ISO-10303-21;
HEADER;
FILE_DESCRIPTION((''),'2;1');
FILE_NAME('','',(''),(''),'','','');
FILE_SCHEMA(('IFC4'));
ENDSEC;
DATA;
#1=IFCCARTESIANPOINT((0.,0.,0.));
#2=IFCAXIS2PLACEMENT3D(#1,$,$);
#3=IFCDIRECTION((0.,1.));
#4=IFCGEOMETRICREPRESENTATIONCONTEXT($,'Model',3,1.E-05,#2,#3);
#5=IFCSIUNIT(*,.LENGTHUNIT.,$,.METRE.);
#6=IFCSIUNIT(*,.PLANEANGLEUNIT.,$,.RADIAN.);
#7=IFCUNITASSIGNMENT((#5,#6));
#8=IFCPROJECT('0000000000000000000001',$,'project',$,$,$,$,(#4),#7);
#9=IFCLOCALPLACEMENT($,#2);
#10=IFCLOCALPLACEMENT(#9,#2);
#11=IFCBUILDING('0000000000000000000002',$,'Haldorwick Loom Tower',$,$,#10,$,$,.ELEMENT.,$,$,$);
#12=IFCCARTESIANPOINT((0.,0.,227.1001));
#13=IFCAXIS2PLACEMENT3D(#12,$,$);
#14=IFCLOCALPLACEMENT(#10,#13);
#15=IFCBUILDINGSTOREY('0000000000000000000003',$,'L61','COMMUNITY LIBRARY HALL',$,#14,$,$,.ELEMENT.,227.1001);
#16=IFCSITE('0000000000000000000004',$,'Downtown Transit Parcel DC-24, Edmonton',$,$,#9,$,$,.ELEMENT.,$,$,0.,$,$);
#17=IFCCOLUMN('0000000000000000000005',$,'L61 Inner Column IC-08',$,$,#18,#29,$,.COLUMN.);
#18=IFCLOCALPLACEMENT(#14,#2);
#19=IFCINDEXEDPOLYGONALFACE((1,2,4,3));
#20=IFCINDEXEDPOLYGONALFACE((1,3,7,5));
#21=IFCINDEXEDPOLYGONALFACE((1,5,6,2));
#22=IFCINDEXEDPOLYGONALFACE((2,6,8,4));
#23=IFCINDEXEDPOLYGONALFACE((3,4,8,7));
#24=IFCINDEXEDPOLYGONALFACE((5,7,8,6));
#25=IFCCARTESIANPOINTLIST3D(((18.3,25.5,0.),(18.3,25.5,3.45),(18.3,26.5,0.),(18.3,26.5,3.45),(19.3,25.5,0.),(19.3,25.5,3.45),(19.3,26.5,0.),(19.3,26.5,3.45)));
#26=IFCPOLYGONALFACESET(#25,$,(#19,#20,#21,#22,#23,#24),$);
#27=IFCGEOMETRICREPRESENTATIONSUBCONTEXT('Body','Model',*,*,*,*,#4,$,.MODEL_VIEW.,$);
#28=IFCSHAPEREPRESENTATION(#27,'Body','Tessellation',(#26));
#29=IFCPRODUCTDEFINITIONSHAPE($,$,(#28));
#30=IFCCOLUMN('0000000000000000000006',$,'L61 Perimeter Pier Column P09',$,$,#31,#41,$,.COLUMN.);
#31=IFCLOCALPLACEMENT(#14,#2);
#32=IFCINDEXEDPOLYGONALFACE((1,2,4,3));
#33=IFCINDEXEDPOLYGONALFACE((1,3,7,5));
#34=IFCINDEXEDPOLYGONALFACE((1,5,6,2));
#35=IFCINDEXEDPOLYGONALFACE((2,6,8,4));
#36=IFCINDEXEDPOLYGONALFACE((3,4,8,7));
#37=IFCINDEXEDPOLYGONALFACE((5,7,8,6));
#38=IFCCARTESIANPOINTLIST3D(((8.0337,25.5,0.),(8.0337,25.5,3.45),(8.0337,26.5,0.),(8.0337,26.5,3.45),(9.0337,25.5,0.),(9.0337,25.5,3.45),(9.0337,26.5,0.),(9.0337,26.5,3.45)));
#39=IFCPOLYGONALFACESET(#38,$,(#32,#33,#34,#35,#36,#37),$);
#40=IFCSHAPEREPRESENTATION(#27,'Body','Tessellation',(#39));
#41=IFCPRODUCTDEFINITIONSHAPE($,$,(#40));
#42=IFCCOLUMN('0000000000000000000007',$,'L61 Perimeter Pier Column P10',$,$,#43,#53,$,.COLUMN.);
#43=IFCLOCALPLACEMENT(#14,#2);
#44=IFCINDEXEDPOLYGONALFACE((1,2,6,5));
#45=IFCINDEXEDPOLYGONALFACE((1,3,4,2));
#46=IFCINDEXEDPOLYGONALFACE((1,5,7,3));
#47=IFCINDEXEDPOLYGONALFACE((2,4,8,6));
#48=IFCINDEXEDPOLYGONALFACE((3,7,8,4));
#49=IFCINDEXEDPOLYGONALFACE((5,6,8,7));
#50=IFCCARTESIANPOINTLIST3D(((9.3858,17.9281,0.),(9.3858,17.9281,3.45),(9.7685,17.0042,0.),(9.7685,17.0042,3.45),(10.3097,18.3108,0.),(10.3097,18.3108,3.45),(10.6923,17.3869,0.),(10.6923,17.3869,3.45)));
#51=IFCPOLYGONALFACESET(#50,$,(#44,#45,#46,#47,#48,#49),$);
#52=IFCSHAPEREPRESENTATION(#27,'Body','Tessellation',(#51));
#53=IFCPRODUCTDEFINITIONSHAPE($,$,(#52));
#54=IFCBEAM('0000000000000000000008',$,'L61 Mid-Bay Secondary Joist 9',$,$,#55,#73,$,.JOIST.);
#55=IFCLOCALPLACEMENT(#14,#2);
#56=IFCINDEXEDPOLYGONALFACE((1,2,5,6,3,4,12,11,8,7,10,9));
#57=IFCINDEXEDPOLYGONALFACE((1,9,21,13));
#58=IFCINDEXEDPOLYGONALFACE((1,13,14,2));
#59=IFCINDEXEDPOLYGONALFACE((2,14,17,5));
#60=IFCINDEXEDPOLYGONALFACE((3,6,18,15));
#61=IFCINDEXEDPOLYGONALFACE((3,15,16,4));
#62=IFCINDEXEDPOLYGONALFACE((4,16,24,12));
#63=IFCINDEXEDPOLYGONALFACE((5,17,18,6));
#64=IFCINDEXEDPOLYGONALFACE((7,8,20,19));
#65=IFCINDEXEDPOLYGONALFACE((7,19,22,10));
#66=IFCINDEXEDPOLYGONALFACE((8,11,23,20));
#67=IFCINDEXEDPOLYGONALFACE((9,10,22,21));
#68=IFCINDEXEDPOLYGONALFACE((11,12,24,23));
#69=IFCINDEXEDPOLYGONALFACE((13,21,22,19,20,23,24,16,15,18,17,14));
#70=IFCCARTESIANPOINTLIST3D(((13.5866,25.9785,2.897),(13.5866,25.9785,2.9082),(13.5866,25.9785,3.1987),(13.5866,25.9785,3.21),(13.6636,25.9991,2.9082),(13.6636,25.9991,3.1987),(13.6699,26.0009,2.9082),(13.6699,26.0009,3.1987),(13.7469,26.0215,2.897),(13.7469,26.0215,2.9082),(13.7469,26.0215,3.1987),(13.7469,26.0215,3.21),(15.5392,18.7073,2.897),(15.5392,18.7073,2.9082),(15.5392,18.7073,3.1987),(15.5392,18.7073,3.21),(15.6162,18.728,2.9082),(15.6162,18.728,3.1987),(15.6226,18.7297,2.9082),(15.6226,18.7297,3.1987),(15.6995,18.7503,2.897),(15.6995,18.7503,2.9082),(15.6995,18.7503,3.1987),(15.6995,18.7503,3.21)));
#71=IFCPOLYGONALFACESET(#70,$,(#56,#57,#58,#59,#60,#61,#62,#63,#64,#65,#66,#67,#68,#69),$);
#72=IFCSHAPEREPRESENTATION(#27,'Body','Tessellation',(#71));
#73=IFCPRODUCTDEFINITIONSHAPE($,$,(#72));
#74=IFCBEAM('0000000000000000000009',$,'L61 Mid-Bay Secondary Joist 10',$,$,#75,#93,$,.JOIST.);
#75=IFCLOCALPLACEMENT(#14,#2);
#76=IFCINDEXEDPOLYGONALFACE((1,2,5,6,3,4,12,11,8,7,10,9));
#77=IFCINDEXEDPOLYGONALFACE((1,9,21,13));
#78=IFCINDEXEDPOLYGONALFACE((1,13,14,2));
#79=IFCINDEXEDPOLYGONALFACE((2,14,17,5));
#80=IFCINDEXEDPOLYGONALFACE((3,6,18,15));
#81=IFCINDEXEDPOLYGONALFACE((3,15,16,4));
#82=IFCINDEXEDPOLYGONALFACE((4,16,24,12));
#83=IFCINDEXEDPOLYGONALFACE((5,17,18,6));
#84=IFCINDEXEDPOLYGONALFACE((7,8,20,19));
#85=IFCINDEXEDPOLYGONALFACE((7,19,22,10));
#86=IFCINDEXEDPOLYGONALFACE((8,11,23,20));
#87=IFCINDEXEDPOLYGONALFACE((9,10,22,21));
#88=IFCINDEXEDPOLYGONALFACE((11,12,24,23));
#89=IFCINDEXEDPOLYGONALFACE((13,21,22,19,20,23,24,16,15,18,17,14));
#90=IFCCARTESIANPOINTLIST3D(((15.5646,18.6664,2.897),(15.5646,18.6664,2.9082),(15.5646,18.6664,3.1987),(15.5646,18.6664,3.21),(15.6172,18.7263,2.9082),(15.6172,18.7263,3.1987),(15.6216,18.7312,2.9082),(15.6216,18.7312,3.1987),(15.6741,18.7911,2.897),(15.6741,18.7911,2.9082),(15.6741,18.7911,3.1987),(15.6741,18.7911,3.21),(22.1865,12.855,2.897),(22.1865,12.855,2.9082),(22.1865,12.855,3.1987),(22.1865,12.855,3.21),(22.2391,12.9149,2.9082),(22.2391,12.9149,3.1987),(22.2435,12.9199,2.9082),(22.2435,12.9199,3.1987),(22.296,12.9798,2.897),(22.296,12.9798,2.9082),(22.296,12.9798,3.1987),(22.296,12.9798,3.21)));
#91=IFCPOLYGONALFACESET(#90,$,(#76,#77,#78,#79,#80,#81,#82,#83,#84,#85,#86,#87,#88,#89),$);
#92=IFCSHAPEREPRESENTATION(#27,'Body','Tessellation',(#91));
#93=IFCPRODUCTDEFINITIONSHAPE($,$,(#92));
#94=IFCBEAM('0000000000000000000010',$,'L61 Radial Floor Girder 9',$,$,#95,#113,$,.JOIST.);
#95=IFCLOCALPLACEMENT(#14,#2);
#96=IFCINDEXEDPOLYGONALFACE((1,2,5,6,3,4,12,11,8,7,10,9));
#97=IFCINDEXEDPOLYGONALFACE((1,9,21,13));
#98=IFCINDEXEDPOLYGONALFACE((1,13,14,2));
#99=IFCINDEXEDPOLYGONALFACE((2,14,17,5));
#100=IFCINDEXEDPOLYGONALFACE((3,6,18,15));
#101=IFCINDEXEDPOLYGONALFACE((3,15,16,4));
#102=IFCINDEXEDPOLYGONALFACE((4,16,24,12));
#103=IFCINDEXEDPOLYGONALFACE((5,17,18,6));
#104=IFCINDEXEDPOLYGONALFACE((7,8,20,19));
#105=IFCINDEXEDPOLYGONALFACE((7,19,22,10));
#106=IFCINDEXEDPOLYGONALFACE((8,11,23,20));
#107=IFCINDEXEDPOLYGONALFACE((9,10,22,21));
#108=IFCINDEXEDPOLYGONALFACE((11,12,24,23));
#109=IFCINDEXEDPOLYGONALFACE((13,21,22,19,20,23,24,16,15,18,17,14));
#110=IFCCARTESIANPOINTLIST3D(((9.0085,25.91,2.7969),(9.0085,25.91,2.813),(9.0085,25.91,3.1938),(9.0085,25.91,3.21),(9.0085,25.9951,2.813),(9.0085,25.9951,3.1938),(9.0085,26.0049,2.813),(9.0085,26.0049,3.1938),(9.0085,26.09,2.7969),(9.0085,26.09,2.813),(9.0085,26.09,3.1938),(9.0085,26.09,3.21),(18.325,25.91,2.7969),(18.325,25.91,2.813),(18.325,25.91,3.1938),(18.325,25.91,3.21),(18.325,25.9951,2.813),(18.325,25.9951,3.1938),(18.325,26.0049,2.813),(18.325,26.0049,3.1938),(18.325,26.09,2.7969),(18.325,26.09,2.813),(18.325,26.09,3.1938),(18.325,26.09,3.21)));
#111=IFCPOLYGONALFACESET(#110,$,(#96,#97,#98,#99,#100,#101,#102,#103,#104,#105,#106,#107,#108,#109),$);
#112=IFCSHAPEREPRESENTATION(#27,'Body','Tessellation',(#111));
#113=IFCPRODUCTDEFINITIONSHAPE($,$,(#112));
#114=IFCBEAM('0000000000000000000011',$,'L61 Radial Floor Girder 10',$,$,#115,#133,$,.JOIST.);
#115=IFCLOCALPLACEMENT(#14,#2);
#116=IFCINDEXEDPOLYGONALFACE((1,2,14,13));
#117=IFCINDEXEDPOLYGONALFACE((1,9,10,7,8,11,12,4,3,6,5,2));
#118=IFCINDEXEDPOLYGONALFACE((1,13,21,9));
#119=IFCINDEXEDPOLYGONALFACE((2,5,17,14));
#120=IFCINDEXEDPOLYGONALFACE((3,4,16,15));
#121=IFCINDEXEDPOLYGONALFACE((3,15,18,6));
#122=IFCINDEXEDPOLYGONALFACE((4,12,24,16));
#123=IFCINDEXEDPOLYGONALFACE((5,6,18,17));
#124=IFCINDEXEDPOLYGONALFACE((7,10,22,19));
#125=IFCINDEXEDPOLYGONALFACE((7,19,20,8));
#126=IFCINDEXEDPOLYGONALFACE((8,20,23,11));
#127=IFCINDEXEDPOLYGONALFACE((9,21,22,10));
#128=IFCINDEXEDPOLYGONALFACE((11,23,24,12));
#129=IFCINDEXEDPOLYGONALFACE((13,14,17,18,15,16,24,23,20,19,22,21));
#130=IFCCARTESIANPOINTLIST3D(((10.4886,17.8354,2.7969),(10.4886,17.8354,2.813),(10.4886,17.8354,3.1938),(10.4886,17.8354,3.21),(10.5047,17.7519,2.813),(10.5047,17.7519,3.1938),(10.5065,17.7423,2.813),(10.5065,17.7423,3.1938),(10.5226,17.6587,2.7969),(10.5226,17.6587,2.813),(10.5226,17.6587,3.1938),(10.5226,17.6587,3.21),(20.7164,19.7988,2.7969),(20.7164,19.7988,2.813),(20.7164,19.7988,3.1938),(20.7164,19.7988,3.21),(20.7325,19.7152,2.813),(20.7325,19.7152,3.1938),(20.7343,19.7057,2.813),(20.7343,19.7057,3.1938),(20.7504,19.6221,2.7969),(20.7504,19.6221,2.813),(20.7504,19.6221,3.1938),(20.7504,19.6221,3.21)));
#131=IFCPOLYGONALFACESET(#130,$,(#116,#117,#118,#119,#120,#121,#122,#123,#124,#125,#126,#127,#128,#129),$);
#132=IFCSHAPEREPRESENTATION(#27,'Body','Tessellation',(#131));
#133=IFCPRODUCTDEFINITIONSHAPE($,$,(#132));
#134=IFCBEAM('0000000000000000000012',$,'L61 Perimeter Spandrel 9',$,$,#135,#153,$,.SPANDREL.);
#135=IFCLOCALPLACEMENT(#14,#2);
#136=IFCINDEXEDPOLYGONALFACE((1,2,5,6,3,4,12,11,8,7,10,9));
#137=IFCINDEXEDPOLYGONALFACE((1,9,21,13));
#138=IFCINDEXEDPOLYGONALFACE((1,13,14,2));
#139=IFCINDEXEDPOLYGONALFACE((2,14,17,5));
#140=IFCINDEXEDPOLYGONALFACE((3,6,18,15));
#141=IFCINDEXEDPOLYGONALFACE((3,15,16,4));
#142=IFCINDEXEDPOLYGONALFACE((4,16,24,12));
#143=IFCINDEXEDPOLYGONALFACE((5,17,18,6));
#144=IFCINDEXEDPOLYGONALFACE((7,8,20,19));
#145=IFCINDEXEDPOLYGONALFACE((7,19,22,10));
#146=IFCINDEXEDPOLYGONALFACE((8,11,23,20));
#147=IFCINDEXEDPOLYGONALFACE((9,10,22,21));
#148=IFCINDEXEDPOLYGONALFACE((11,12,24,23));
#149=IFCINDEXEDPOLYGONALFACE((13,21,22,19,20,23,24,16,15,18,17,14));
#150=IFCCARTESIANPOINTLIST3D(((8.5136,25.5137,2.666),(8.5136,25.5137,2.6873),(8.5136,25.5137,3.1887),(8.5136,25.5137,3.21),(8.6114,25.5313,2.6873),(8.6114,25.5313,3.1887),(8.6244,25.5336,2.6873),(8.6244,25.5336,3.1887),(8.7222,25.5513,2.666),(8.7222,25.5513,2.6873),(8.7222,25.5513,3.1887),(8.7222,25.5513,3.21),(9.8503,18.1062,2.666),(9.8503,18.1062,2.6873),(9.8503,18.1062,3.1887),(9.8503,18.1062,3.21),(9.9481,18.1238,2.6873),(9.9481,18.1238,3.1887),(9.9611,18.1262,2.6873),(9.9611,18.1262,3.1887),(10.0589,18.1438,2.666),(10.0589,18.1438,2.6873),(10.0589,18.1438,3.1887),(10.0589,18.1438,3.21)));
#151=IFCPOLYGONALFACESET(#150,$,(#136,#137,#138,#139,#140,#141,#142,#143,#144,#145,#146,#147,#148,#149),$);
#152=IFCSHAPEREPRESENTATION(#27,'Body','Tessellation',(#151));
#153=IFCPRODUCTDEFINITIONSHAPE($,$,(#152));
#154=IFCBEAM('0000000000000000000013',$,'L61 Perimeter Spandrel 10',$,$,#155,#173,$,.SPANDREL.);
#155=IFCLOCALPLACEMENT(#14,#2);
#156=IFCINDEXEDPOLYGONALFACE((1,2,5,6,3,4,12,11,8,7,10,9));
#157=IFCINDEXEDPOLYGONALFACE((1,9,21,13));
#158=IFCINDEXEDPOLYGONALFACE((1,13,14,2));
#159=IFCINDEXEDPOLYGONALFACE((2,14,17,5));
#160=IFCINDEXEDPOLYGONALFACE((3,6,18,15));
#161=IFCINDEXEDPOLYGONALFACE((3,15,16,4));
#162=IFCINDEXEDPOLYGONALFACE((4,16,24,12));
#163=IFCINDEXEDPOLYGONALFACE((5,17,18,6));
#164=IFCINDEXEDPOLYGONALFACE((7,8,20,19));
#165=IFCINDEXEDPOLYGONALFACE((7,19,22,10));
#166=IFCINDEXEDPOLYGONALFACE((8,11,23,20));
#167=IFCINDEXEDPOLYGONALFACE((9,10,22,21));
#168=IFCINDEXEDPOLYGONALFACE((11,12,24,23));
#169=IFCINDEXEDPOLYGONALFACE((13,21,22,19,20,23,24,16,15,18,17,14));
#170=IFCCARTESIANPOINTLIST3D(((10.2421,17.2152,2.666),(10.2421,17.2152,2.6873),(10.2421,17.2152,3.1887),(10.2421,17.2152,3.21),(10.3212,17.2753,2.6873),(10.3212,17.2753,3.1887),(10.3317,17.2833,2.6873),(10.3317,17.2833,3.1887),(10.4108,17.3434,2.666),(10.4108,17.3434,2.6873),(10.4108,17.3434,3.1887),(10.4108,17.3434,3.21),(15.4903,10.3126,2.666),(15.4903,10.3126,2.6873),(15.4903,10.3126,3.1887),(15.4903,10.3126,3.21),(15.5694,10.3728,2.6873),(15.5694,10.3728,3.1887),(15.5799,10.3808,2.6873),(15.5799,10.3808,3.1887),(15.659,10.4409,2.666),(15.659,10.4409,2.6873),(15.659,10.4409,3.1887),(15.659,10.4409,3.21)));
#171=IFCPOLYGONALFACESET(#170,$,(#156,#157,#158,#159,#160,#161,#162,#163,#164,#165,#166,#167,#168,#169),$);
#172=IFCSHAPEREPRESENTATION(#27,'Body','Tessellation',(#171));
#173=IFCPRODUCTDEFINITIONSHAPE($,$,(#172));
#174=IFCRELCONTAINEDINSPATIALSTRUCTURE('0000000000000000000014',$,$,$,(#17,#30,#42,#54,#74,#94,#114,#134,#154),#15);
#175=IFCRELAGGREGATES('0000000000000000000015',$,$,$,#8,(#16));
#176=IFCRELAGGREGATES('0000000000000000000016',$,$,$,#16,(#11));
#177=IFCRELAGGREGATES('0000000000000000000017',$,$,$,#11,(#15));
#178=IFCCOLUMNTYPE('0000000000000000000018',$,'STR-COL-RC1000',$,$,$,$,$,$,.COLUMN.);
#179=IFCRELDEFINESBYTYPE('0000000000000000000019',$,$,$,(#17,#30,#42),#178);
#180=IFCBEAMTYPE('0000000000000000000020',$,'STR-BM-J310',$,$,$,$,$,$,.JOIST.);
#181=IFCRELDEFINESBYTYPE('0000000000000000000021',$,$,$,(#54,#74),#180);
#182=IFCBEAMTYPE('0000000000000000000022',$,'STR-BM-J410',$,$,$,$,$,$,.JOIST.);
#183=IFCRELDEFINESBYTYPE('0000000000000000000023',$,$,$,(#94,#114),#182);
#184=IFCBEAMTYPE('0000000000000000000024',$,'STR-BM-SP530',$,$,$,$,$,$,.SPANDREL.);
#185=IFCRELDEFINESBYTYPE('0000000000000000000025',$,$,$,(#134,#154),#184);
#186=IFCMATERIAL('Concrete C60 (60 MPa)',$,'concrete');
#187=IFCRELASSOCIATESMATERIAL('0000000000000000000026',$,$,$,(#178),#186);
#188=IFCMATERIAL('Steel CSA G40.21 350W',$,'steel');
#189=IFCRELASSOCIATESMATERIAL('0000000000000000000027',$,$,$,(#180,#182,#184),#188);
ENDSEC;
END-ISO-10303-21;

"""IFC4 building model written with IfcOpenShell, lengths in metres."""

from ifc_helpers import new_model, si_unit, direction, frame, origin, origin_2d, place, context, subcontext, project, spatial, rectangle, i_section, extrude, material, material_profile, profile_set, type_object, element, save


model = new_model("IFC4")

# Units and contexts
model_context = context("Model", 3, precision=1e-05, world=origin(), true_north=direction((0.0, 1.0)))
body_context = subcontext(model_context, "Body", "Model", "MODEL_VIEW")
ifc_project = project(units=[si_unit("LENGTHUNIT", "METRE"), si_unit("PLANEANGLEUNIT", "RADIAN")], contexts=[model_context])

# Site, building, storey
site_placement = place(None, origin())
site = spatial("IfcSite", under=ifc_project, at=site_placement, Name="Downtown Transit Parcel DC-24, Edmonton", CompositionType="ELEMENT", RefElevation=0.0)
building_placement = place(site_placement, origin())
building = spatial("IfcBuilding", under=site, at=building_placement, Name="Haldorwick Loom Tower", CompositionType="ELEMENT")
storey_placement = place(building_placement, frame((0.0, 0.0, 227.1001)))
storey = spatial("IfcBuildingStorey", under=building, at=storey_placement, Name="L61", Description="COMMUNITY LIBRARY HALL", CompositionType="ELEMENT", Elevation=227.1001)

# Columns
ifc_material_1 = material(Name="Concrete C60 (60 MPa)", Category="concrete")
ifc_material_profile_1 = material_profile(ifc_material_1, rectangle(XDim=1.0, YDim=1.0, at=origin_2d()), Name="RC1000X1000", Category="concrete")
ifc_profile_set_1 = profile_set([ifc_material_profile_1], Name="Concrete C60 (60 MPa)")
column_type = type_object("IfcColumnType", Name="STR-COL-RC1000", PredefinedType="COLUMN", material=ifc_profile_set_1)
for number, where, z_axis, x_axis, name in (
    (1, (18.8, 26.0, 0.0), (0.0, 0.0, 1.0), (1.0, 0.0, 0.0), "L61 Inner Column IC-08"),
    (2, (8.5337, 26.0, 0.0), (0.0, 0.0, 1.0), (-1.0, 0.0, 0.0), "L61 Perimeter Pier Column P09"),
    (3, (10.0391, 17.6575, 0.0), (0.0, 0.0, 1.0), (-0.92388, -0.382683, 0.0), "L61 Perimeter Pier Column P10"),
):
    element("IfcColumn", number, at=place(storey_placement, frame(where, z_axis=z_axis, x_axis=x_axis)), inside=storey, type_object=column_type, Name=name, PredefinedType="COLUMN", context=body_context, shape_type="SweptSolid", body=[
        extrude(rectangle(XDim=1.0, YDim=1.0, at=origin_2d()), origin(), (0.0, 0.0, 1.0), 3.45),
    ])

# Beams
ifc_material_2 = material(Name="Steel CSA G40.21 350W", Category="steel")
ifc_material_profile_2 = material_profile(ifc_material_2, i_section(OverallWidth=0.166, OverallDepth=0.313, WebThickness=0.0066, FlangeThickness=0.0112, at=origin_2d()), Name="W310X45", Category="steel")
ifc_profile_set_2 = profile_set([ifc_material_profile_2], Name="Steel CSA G40.21 350W")
beam_type_1 = type_object("IfcBeamType", Name="STR-BM-J310", PredefinedType="JOIST", material=ifc_profile_set_2)
beam_1_placement = place(storey_placement, frame((13.6667, 26.0, 3.0535), z_axis=(0.259354, -0.965782, 0.0), x_axis=(0.965782, 0.259354, 0.0)))
element("IfcBeam", 4, at=beam_1_placement, inside=storey, type_object=beam_type_1, Name="L61 Mid-Bay Secondary Joist 9", PredefinedType="JOIST", context=body_context, shape_type="SweptSolid", body=[
    extrude(i_section(OverallWidth=0.166, OverallDepth=0.313, WebThickness=0.0066, FlangeThickness=0.0112, at=origin_2d()), origin(), (0.0, 0.0, 1.0), 7.5288),
])
beam_2_placement = place(storey_placement, frame((15.6194, 18.7288, 3.0535), z_axis=(0.751609, -0.659608, 0.0), x_axis=(0.659608, 0.751609, 0.0)))
element("IfcBeam", 5, at=beam_2_placement, inside=storey, type_object=beam_type_1, Name="L61 Mid-Bay Secondary Joist 10", PredefinedType="JOIST", context=body_context, shape_type="SweptSolid", body=[
    extrude(i_section(OverallWidth=0.166, OverallDepth=0.313, WebThickness=0.0066, FlangeThickness=0.0112, at=origin_2d()), origin(), (0.0, 0.0, 1.0), 8.8103),
])
ifc_material_profile_3 = material_profile(ifc_material_2, i_section(OverallWidth=0.1799, OverallDepth=0.4131, WebThickness=0.0098, FlangeThickness=0.0161, at=origin_2d()), Name="W410X74", Category="steel")
ifc_profile_set_3 = profile_set([ifc_material_profile_3], Name="Steel CSA G40.21 350W")
beam_type_2 = type_object("IfcBeamType", Name="STR-BM-J410", PredefinedType="JOIST", material=ifc_profile_set_3)
beam_3_placement = place(storey_placement, frame((18.325, 26.0, 3.0034), z_axis=(-1.0, 0.0, 0.0), x_axis=(0.0, -1.0, 0.0)))
element("IfcBeam", 6, at=beam_3_placement, inside=storey, type_object=beam_type_2, Name="L61 Radial Floor Girder 9", PredefinedType="JOIST", context=body_context, shape_type="SweptSolid", body=[
    extrude(i_section(OverallWidth=0.1799, OverallDepth=0.4131, WebThickness=0.0098, FlangeThickness=0.0161, at=origin_2d()), origin(), (0.0, 0.0, 1.0), 9.3164),
])
beam_4_placement = place(storey_placement, frame((20.7334, 19.7104, 3.0034), z_axis=(-0.982069, -0.188523, 0.0), x_axis=(0.188523, -0.982069, 0.0)))
element("IfcBeam", 7, at=beam_4_placement, inside=storey, type_object=beam_type_2, Name="L61 Radial Floor Girder 10", PredefinedType="JOIST", context=body_context, shape_type="SweptSolid", body=[
    extrude(i_section(OverallWidth=0.1799, OverallDepth=0.4131, WebThickness=0.0098, FlangeThickness=0.0161, at=origin_2d()), origin(), (0.0, 0.0, 1.0), 10.4146),
])
ifc_material_profile_4 = material_profile(ifc_material_2, i_section(OverallWidth=0.2119, OverallDepth=0.5439, WebThickness=0.0132, FlangeThickness=0.0212, at=origin_2d()), Name="W530X123", Category="steel")
ifc_profile_set_4 = profile_set([ifc_material_profile_4], Name="Steel CSA G40.21 350W")
beam_type_3 = type_object("IfcBeamType", Name="STR-BM-SP530", PredefinedType="SPANDREL", material=ifc_profile_set_4)
beam_5_placement = place(storey_placement, frame((8.6179, 25.5325, 2.938), z_axis=(0.177581, -0.984106, 0.0), x_axis=(0.984106, 0.177581, 0.0)))
element("IfcBeam", 8, at=beam_5_placement, inside=storey, type_object=beam_type_3, Name="L61 Perimeter Spandrel 9", PredefinedType="SPANDREL", context=body_context, shape_type="SweptSolid", body=[
    extrude(i_section(OverallWidth=0.2119, OverallDepth=0.5439, WebThickness=0.0132, FlangeThickness=0.0212, at=origin_2d()), origin(), (0.0, 0.0, 1.0), 7.5271),
])
beam_6_placement = place(storey_placement, frame((10.3264, 17.2793, 2.938), z_axis=(0.605253, -0.796033, 0.0), x_axis=(0.796033, 0.605253, 0.0)))
element("IfcBeam", 9, at=beam_6_placement, inside=storey, type_object=beam_type_3, Name="L61 Perimeter Spandrel 10", PredefinedType="SPANDREL", context=body_context, shape_type="SweptSolid", body=[
    extrude(i_section(OverallWidth=0.2119, OverallDepth=0.5439, WebThickness=0.0132, FlangeThickness=0.0212, at=origin_2d()), origin(), (0.0, 0.0, 1.0), 8.6711),
])

save(model, "model.ifc")
